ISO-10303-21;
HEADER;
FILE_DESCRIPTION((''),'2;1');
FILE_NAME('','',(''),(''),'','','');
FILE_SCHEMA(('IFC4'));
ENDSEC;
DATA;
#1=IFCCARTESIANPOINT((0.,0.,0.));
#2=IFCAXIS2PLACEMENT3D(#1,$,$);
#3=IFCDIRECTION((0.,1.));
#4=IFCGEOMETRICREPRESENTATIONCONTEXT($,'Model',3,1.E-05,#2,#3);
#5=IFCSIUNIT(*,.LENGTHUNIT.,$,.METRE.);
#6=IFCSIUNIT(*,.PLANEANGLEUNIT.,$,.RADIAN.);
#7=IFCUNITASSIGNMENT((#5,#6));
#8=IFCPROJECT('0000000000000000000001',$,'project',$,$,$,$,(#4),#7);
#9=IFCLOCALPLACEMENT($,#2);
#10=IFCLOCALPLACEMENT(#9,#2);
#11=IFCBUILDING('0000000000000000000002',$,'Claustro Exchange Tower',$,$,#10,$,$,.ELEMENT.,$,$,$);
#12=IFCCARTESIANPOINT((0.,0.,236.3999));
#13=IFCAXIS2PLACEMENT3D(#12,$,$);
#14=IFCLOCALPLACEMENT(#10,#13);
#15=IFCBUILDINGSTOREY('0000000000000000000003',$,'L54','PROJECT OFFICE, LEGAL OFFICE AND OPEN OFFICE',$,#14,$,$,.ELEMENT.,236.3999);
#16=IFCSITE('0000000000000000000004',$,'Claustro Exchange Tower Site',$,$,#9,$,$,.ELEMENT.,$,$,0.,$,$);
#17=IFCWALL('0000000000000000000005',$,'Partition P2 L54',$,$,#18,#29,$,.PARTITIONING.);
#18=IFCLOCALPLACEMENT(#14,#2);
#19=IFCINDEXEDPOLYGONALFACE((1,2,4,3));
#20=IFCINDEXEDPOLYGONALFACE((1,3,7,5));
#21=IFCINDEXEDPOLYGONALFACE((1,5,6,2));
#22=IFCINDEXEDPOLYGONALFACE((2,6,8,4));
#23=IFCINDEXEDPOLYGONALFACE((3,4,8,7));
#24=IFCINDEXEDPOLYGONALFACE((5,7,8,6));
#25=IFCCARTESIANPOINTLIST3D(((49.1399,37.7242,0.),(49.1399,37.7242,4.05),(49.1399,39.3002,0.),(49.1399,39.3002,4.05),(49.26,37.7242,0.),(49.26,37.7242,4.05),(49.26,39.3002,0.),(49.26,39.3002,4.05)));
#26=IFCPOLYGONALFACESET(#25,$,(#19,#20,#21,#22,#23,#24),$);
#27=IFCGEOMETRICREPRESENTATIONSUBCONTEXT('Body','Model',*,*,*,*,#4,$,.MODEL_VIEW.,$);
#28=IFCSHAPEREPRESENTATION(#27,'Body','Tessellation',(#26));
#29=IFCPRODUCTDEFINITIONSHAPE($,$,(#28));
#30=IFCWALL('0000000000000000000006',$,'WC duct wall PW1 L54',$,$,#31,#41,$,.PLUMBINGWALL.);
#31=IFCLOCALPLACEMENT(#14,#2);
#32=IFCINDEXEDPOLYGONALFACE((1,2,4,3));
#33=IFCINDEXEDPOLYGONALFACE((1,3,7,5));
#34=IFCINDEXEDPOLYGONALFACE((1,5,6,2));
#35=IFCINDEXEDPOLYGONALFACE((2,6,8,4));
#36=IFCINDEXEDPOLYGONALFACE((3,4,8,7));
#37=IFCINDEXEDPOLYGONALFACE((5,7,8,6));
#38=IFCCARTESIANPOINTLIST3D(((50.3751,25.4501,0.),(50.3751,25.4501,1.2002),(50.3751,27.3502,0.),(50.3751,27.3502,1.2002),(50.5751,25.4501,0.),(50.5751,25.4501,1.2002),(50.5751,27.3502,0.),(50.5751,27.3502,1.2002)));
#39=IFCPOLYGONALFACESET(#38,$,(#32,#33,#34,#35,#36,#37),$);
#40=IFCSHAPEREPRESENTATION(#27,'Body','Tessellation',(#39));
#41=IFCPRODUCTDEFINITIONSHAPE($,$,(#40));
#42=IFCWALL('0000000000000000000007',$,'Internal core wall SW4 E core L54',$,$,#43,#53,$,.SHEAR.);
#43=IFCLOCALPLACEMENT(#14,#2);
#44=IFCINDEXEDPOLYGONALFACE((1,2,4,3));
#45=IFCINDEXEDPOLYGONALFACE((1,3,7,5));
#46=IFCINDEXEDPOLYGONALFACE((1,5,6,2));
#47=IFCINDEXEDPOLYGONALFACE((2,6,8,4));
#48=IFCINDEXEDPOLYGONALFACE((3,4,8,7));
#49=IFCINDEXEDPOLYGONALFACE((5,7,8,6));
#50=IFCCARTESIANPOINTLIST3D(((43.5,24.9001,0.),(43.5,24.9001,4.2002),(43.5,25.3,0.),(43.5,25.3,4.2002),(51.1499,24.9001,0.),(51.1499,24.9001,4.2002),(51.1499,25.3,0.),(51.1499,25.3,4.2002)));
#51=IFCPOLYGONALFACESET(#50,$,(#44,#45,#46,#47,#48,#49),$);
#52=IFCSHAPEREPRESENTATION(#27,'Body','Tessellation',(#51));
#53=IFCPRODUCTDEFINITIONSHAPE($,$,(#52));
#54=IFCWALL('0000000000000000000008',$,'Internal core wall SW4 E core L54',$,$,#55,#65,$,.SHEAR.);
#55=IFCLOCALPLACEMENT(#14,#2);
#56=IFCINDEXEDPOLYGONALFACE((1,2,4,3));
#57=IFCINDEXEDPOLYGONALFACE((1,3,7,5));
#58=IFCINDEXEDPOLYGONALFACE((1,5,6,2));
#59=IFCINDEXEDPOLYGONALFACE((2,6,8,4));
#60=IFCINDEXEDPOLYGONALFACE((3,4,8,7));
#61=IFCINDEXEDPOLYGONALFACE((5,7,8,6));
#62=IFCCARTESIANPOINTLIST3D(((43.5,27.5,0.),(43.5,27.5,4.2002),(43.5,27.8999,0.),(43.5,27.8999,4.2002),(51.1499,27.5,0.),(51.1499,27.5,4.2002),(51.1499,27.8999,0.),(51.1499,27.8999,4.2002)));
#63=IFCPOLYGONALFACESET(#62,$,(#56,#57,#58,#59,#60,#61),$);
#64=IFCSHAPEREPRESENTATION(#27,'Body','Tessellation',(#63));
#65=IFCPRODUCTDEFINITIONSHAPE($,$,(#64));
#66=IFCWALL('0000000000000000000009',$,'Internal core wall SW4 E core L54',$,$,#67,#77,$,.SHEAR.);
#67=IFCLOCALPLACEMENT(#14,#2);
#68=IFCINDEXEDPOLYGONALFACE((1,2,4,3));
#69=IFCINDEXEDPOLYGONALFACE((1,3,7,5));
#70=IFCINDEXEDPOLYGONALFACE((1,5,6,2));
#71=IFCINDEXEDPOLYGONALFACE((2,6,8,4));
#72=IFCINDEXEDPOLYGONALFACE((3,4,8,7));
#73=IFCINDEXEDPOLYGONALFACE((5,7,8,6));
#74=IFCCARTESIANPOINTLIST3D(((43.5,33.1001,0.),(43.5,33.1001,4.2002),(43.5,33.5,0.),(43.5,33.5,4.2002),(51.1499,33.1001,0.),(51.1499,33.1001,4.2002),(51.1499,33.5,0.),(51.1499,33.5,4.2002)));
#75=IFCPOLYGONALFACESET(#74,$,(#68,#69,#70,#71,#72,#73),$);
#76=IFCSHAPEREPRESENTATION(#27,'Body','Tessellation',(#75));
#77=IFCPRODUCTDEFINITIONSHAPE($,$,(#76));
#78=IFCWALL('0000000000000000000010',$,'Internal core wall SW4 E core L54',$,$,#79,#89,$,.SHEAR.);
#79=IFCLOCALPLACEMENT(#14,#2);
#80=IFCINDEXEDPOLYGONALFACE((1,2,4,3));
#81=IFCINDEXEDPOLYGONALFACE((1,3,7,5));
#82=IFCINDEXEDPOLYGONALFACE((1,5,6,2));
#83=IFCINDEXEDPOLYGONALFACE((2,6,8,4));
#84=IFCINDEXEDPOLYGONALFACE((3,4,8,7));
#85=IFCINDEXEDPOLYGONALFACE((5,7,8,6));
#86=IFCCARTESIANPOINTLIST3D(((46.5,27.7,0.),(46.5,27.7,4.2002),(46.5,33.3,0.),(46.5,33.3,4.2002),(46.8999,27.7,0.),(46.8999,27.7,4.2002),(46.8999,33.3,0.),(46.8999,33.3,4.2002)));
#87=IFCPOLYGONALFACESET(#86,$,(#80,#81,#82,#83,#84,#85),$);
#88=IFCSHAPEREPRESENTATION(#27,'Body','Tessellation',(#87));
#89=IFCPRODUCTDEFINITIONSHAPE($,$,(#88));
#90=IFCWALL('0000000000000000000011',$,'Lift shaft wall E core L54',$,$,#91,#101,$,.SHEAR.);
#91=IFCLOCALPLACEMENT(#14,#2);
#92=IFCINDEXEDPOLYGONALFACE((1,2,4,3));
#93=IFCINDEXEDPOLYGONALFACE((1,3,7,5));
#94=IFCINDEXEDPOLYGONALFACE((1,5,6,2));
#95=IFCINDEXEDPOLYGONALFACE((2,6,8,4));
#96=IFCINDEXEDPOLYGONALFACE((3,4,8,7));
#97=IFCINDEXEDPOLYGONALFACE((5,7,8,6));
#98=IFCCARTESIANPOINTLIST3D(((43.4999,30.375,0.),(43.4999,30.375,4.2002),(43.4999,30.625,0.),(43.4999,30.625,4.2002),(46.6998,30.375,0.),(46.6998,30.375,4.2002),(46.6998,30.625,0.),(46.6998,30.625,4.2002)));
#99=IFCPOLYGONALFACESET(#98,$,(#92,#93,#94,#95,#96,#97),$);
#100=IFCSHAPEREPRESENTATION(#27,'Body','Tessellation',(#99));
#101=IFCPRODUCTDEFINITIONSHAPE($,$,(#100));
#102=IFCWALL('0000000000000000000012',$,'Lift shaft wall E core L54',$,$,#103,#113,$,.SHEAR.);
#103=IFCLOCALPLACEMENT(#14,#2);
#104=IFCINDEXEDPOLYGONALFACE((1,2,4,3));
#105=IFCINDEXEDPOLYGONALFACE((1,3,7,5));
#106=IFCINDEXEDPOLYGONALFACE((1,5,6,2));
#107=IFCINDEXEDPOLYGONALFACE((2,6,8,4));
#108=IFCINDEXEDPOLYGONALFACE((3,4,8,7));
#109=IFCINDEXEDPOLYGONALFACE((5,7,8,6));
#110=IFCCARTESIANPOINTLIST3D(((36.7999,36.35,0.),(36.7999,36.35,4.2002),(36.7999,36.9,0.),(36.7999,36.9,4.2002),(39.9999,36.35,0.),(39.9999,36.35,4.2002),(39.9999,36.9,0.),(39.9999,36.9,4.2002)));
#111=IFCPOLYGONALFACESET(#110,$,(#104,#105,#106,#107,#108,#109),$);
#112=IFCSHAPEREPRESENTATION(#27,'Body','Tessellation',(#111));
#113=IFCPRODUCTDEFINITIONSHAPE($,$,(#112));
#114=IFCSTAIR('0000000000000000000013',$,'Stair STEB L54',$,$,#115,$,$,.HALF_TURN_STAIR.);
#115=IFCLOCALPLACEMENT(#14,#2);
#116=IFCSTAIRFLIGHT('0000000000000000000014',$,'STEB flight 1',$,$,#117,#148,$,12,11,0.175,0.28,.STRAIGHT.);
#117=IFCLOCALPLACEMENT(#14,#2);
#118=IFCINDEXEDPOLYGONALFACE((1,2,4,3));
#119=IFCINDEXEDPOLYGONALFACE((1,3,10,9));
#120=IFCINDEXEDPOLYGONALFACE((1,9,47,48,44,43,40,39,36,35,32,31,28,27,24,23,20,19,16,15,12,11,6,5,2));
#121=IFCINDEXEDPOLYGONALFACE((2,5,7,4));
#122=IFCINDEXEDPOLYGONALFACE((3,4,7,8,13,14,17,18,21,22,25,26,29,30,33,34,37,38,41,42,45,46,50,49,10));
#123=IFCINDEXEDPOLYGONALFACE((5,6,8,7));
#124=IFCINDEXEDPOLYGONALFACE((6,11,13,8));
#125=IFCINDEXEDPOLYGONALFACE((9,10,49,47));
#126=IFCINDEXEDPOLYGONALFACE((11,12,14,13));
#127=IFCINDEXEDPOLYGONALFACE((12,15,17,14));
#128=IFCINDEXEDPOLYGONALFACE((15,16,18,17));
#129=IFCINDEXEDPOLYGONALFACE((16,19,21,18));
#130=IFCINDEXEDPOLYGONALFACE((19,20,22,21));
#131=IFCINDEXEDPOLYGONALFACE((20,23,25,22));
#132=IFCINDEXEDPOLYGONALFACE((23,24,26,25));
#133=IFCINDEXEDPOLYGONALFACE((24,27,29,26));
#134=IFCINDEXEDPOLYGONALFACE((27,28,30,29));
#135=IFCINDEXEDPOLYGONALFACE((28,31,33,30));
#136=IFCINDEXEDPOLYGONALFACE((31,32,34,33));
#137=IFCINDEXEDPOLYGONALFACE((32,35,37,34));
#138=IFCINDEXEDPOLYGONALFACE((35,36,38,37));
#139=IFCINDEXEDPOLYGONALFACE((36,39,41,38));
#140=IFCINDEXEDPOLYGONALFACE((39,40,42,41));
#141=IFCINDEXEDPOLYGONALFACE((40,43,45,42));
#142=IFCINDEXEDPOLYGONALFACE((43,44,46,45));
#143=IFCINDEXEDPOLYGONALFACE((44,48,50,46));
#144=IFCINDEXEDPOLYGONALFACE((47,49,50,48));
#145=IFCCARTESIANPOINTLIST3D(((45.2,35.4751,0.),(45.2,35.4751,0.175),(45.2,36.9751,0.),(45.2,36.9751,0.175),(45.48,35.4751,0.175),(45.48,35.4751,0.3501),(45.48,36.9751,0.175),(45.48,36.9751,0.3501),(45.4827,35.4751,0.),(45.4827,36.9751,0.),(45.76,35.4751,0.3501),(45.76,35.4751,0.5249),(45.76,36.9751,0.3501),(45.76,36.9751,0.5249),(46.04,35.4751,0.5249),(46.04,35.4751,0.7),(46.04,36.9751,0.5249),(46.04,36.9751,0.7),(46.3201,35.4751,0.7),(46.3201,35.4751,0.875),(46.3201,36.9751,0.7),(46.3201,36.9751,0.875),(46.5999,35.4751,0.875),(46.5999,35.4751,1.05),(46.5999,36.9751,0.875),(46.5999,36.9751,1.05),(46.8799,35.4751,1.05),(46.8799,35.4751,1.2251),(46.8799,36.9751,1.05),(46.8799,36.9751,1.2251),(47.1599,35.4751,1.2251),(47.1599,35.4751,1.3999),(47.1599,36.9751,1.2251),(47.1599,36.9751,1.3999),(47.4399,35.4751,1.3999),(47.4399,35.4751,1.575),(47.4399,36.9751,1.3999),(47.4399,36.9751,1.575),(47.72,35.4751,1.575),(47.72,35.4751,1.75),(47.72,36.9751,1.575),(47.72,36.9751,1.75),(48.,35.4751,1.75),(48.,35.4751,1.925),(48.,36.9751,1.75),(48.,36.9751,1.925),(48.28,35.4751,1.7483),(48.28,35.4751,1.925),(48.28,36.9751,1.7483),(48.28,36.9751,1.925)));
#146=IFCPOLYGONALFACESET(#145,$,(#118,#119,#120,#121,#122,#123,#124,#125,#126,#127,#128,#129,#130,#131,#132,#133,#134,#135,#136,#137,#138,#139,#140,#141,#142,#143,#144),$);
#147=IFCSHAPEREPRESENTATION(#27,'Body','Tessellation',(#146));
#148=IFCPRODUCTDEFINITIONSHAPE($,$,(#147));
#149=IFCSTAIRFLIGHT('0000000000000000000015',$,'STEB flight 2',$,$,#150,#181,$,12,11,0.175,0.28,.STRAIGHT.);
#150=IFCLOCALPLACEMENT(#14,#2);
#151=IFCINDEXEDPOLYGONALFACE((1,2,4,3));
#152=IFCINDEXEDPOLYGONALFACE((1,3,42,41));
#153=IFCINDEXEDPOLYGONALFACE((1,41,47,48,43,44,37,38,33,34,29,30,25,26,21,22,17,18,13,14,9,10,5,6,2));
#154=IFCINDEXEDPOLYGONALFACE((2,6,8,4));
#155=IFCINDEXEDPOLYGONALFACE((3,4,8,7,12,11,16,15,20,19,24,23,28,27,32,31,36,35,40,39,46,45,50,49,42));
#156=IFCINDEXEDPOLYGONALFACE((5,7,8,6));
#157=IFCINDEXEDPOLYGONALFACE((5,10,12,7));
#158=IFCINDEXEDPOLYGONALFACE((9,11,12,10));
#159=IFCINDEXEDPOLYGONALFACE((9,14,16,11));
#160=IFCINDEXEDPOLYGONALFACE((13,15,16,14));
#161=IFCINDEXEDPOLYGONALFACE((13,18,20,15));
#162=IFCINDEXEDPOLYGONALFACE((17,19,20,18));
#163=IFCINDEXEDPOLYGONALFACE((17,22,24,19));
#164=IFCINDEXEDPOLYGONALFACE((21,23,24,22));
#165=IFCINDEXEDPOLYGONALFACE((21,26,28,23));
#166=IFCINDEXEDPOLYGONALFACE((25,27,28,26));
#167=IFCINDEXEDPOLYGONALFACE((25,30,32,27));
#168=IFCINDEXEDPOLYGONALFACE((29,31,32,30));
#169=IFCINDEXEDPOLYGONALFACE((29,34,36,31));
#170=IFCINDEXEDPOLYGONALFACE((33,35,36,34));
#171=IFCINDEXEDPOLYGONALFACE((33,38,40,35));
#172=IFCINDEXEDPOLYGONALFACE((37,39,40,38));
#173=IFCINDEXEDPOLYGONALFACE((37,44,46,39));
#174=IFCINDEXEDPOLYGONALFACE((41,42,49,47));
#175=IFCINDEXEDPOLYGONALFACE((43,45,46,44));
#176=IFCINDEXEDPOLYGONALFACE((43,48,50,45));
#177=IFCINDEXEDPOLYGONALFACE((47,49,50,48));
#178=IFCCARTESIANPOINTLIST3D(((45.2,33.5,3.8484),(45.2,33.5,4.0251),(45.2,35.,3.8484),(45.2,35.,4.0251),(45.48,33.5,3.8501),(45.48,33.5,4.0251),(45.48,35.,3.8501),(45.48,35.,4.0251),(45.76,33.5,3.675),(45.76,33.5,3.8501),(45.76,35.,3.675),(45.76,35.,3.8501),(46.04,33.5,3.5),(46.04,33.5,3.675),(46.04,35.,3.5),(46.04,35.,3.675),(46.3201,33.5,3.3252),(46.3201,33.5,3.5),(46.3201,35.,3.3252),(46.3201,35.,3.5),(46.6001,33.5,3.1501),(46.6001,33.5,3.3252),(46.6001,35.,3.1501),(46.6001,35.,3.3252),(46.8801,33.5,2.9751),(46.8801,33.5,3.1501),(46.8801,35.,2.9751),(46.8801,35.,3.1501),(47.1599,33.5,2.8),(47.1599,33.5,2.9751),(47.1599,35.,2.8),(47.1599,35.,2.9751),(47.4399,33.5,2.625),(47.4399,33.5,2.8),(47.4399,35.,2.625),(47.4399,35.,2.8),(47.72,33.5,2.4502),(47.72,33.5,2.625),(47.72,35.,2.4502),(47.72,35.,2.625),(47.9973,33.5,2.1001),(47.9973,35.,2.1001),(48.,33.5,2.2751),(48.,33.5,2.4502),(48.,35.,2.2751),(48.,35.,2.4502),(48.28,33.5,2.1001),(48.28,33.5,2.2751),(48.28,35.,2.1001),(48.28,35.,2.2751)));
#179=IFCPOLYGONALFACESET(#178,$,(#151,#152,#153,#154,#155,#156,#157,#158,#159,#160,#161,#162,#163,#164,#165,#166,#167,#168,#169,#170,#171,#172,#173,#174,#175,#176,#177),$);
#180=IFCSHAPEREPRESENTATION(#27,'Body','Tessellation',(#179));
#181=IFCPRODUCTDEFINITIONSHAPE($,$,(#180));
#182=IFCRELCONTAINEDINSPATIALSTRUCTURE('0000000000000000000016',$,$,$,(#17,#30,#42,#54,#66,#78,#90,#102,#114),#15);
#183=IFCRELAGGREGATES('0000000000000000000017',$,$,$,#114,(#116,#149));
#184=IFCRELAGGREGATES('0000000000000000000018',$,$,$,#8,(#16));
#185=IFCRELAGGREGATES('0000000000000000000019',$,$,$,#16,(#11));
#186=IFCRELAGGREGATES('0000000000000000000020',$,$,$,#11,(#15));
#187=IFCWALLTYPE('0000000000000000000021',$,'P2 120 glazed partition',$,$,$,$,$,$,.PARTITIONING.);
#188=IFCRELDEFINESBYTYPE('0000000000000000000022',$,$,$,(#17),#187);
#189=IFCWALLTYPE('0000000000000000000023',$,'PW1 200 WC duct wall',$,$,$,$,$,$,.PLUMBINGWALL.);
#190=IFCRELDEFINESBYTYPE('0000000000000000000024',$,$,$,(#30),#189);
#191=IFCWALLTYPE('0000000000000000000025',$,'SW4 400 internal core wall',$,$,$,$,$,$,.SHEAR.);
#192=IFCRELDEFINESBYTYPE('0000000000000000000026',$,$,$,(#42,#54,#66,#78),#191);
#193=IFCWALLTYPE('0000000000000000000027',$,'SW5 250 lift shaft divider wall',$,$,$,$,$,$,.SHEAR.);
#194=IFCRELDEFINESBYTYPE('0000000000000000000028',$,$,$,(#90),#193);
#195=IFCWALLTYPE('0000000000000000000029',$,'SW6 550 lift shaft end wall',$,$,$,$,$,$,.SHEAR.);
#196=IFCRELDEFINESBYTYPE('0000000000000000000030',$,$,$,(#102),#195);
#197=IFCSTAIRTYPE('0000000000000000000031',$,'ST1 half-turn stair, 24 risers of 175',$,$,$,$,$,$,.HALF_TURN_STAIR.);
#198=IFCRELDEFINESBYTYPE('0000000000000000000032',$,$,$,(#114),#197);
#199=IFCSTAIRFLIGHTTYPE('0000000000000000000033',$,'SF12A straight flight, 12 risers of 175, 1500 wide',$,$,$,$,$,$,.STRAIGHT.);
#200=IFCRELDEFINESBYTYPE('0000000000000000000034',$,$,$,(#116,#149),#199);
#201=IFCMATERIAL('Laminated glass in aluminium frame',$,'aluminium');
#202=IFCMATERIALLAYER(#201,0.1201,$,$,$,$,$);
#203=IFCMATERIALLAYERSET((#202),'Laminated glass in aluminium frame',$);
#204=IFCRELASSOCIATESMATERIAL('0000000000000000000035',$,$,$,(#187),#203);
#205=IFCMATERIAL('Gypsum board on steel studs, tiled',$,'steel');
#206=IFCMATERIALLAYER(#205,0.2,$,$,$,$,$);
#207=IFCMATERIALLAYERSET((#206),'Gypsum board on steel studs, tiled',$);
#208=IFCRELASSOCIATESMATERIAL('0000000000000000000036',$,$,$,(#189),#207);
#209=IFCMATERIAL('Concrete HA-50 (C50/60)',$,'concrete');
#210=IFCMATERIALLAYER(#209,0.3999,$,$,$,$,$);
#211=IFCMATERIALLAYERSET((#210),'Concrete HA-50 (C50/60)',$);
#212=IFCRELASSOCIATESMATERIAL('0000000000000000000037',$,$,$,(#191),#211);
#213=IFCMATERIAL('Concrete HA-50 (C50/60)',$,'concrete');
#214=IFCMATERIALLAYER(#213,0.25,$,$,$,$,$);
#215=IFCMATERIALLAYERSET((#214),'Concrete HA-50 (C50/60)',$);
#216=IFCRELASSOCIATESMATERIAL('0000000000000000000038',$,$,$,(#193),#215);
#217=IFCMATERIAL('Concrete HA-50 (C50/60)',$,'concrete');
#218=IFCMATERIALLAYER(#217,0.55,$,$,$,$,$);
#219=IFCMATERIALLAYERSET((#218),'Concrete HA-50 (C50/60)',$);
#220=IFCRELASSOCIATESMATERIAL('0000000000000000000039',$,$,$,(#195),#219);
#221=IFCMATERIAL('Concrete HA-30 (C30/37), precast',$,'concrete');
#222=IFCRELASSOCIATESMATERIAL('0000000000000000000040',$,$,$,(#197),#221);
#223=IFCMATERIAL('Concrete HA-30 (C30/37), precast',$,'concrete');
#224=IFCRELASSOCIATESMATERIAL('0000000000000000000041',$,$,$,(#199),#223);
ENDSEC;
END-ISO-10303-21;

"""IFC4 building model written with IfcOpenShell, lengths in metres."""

from ifc_helpers import new_model, si_unit, direction, frame, frame_2d, origin, place, context, subcontext, project, spatial, polyline, rectangle, outline, extrude, material, layer, layer_set, type_object, element, aggregate, save


model = new_model("IFC4")

# Units and contexts
model_context = context("Model", 3, precision=1e-05, world=origin(), true_north=direction((0.0, 1.0)))
body_context = subcontext(model_context, "Body", "Model", "MODEL_VIEW")
ifc_project = project(units=[si_unit("LENGTHUNIT", "METRE"), si_unit("PLANEANGLEUNIT", "RADIAN")], contexts=[model_context])

# Site, building, storey
site_placement = place(None, origin())
site = spatial("IfcSite", under=ifc_project, at=site_placement, Name="Claustro Exchange Tower Site", CompositionType="ELEMENT", RefElevation=0.0)
building_placement = place(site_placement, origin())
building = spatial("IfcBuilding", under=site, at=building_placement, Name="Claustro Exchange Tower", CompositionType="ELEMENT")
storey_placement = place(building_placement, frame((0.0, 0.0, 236.3999)))
storey = spatial("IfcBuildingStorey", under=building, at=storey_placement, Name="L54", Description="PROJECT OFFICE, LEGAL OFFICE AND OPEN OFFICE", CompositionType="ELEMENT", Elevation=236.3999)

# Shared definitions
ifc_material_1 = material(Name="Laminated glass in aluminium frame", Category="aluminium")
ifc_layer_1 = layer(ifc_material_1, 0.1201)
ifc_layer_set_1 = layer_set([ifc_layer_1], Name="Laminated glass in aluminium frame")
wall_type_1 = type_object("IfcWallType", Name="P2 120 glazed partition", PredefinedType="PARTITIONING", material=ifc_layer_set_1)

# Walls
wall_1_placement = place(storey_placement, frame((49.2, 37.7241, 0.0), z_axis=(0.0, 0.0, 1.0), x_axis=(0.0, 1.0, 0.0)))
element("IfcWall", 1, at=wall_1_placement, inside=storey, type_object=wall_type_1, Name="Partition P2 L54", PredefinedType="PARTITIONING", context=body_context, shape_type="SweptSolid", body=[
    extrude(rectangle(XDim=1.5759, YDim=0.1201, at=frame_2d((0.7881, 0.0))), origin(), (0.0, 0.0, 1.0), 4.05),
])
ifc_material_2 = material(Name="Gypsum board on steel studs, tiled", Category="steel")
ifc_layer_2 = layer(ifc_material_2, 0.2)
ifc_layer_set_2 = layer_set([ifc_layer_2], Name="Gypsum board on steel studs, tiled")
wall_type_2 = type_object("IfcWallType", Name="PW1 200 WC duct wall", PredefinedType="PLUMBINGWALL", material=ifc_layer_set_2)
wall_2_placement = place(storey_placement, frame((50.4751, 25.45, 0.0), z_axis=(0.0, 0.0, 1.0), x_axis=(0.0, 1.0, 0.0)))
element("IfcWall", 2, at=wall_2_placement, inside=storey, type_object=wall_type_2, Name="WC duct wall PW1 L54", PredefinedType="PLUMBINGWALL", context=body_context, shape_type="SweptSolid", body=[
    extrude(rectangle(XDim=1.9001, YDim=0.2, at=frame_2d((0.9502, 0.0))), origin(), (0.0, 0.0, 1.0), 1.2002),
])
ifc_material_3 = material(Name="Concrete HA-50 (C50/60)", Category="concrete")
ifc_layer_3 = layer(ifc_material_3, 0.3999)
ifc_layer_set_3 = layer_set([ifc_layer_3], Name="Concrete HA-50 (C50/60)")
wall_type_3 = type_object("IfcWallType", Name="SW4 400 internal core wall", PredefinedType="SHEAR", material=ifc_layer_set_3)
for number, where, z_axis, x_axis, name in (
    (3, (51.1499, 25.1001, 0.0), (0.0, 0.0, 1.0), (-1.0, 0.0, 0.0), "Internal core wall SW4 E core L54"),
    (4, (51.1499, 27.7, 0.0), (0.0, 0.0, 1.0), (-1.0, 0.0, 0.0), "Internal core wall SW4 E core L54"),
    (5, (51.1499, 33.3, 0.0), (0.0, 0.0, 1.0), (-1.0, 0.0, 0.0), "Internal core wall SW4 E core L54"),
):
    element("IfcWall", number, at=place(storey_placement, frame(where, z_axis=z_axis, x_axis=x_axis)), inside=storey, type_object=wall_type_3, Name=name, PredefinedType="SHEAR", context=body_context, shape_type="SweptSolid", body=[
        extrude(rectangle(XDim=7.6499, YDim=0.3999, at=frame_2d((3.825, 0.0))), origin(), (0.0, 0.0, 1.0), 4.2002),
    ])
wall_3_placement = place(storey_placement, frame((46.7, 27.7, 0.0), z_axis=(0.0, 0.0, 1.0), x_axis=(0.0, 1.0, 0.0)))
element("IfcWall", 6, at=wall_3_placement, inside=storey, type_object=wall_type_3, Name="Internal core wall SW4 E core L54", PredefinedType="SHEAR", context=body_context, shape_type="SweptSolid", body=[
    extrude(rectangle(XDim=5.6001, YDim=0.3999, at=frame_2d((2.8, 0.0))), origin(), (0.0, 0.0, 1.0), 4.2002),
])
ifc_material_4 = material(Name="Concrete HA-50 (C50/60)", Category="concrete")
ifc_layer_4 = layer(ifc_material_4, 0.25)
ifc_layer_set_4 = layer_set([ifc_layer_4], Name="Concrete HA-50 (C50/60)")
wall_type_4 = type_object("IfcWallType", Name="SW5 250 lift shaft divider wall", PredefinedType="SHEAR", material=ifc_layer_set_4)
wall_4_placement = place(storey_placement, frame((46.7, 30.5, 0.0), z_axis=(0.0, 0.0, 1.0), x_axis=(-1.0, 0.0, 0.0)))
element("IfcWall", 7, at=wall_4_placement, inside=storey, type_object=wall_type_4, Name="Lift shaft wall E core L54", PredefinedType="SHEAR", context=body_context, shape_type="SweptSolid", body=[
    extrude(rectangle(XDim=3.2, YDim=0.25, at=frame_2d((1.6001, 0.0))), origin(), (0.0, 0.0, 1.0), 4.2002),
])
ifc_material_5 = material(Name="Concrete HA-50 (C50/60)", Category="concrete")
ifc_layer_5 = layer(ifc_material_5, 0.55)
ifc_layer_set_5 = layer_set([ifc_layer_5], Name="Concrete HA-50 (C50/60)")
wall_type_5 = type_object("IfcWallType", Name="SW6 550 lift shaft end wall", PredefinedType="SHEAR", material=ifc_layer_set_5)
wall_5_placement = place(storey_placement, frame((40.0, 36.625, 0.0), z_axis=(0.0, 0.0, 1.0), x_axis=(-1.0, 0.0, 0.0)))
element("IfcWall", 8, at=wall_5_placement, inside=storey, type_object=wall_type_5, Name="Lift shaft wall E core L54", PredefinedType="SHEAR", context=body_context, shape_type="SweptSolid", body=[
    extrude(rectangle(XDim=3.2, YDim=0.55, at=frame_2d((1.6001, 0.0))), origin(), (0.0, 0.0, 1.0), 4.2002),
])

# Stair, stair flights
ifc_material_6 = material(Name="Concrete HA-30 (C30/37), precast", Category="concrete")
stair_type = type_object("IfcStairType", Name="ST1 half-turn stair, 24 risers of 175", PredefinedType="HALF_TURN_STAIR", material=ifc_material_6)
stair_placement = place(storey_placement, origin())
stair = element("IfcStair", 9, at=stair_placement, inside=storey, type_object=stair_type, Name="Stair STEB L54", PredefinedType="HALF_TURN_STAIR")
ifc_material_7 = material(Name="Concrete HA-30 (C30/37), precast", Category="concrete")
stair_flight_type = type_object("IfcStairFlightType", Name="SF12A straight flight, 12 risers of 175, 1500 wide", PredefinedType="STRAIGHT", material=ifc_material_7)
stair_flight_1_placement = place(storey_placement, frame((45.2, 36.2251, 0.0), z_axis=(0.0, 0.0, 1.0), x_axis=(1.0, 0.0, 0.0)))
stair_flight_1 = element("IfcStairFlight", 10, at=stair_flight_1_placement, type_object=stair_flight_type, Name="STEB flight 1", NumberOfRisers=12, NumberOfTreads=11, PredefinedType="STRAIGHT", RiserHeight=0.175, TreadLength=0.28, context=body_context, shape_type="SweptSolid", body=[
    extrude(outline(polyline([(0.0, 0.0), (0.0, 0.175), (0.28, 0.175), (0.28, 0.3501), (0.5601, 0.3501), (0.5601, 0.5249), (0.8401, 0.5249), (0.8401, 0.7), (1.1201, 0.7), (1.1201, 0.875), (1.3999, 0.875), (1.3999, 1.05), (1.6799, 1.05), (1.6799, 1.2251), (1.96, 1.2251), (1.96, 1.3999), (2.24, 1.3999), (2.24, 1.575), (2.52, 1.575), (2.52, 1.75), (2.8, 1.75), (2.8, 1.925), (3.0801, 1.925), (3.0801, 2.1001), (3.0801, 1.7483), (0.2827, 0.0), (0.0, 0.0)])), frame((0.0, 0.75, 0.0), z_axis=(0.0, -1.0, 0.0), x_axis=(1.0, 0.0, 0.0)), (0.0, 0.0, 1.0), 1.5),
])
stair_flight_2_placement = place(storey_placement, frame((48.28, 34.25, 2.1001), z_axis=(0.0, 0.0, 1.0), x_axis=(-1.0, 0.0, 0.0)))
stair_flight_2 = element("IfcStairFlight", 11, at=stair_flight_2_placement, type_object=stair_flight_type, Name="STEB flight 2", NumberOfRisers=12, NumberOfTreads=11, PredefinedType="STRAIGHT", RiserHeight=0.175, TreadLength=0.28, context=body_context, shape_type="SweptSolid", body=[
    extrude(outline(polyline([(0.0, 0.0), (0.0, 0.175), (0.28, 0.175), (0.28, 0.3501), (0.5601, 0.3501), (0.5601, 0.5249), (0.8401, 0.5249), (0.8401, 0.7), (1.1201, 0.7), (1.1201, 0.875), (1.3999, 0.875), (1.3999, 1.05), (1.6799, 1.05), (1.6799, 1.2251), (1.96, 1.2251), (1.96, 1.3999), (2.24, 1.3999), (2.24, 1.575), (2.52, 1.575), (2.52, 1.75), (2.8, 1.75), (2.8, 1.925), (3.0801, 1.925), (3.0801, 2.1001), (3.0801, 1.7483), (0.2827, 0.0), (0.0, 0.0)])), frame((0.0, 0.75, 0.0), z_axis=(0.0, -1.0, 0.0), x_axis=(1.0, 0.0, 0.0)), (0.0, 0.0, 1.0), 1.5),
])
aggregate(stair, [stair_flight_1, stair_flight_2])

save(model, "model.ifc")
